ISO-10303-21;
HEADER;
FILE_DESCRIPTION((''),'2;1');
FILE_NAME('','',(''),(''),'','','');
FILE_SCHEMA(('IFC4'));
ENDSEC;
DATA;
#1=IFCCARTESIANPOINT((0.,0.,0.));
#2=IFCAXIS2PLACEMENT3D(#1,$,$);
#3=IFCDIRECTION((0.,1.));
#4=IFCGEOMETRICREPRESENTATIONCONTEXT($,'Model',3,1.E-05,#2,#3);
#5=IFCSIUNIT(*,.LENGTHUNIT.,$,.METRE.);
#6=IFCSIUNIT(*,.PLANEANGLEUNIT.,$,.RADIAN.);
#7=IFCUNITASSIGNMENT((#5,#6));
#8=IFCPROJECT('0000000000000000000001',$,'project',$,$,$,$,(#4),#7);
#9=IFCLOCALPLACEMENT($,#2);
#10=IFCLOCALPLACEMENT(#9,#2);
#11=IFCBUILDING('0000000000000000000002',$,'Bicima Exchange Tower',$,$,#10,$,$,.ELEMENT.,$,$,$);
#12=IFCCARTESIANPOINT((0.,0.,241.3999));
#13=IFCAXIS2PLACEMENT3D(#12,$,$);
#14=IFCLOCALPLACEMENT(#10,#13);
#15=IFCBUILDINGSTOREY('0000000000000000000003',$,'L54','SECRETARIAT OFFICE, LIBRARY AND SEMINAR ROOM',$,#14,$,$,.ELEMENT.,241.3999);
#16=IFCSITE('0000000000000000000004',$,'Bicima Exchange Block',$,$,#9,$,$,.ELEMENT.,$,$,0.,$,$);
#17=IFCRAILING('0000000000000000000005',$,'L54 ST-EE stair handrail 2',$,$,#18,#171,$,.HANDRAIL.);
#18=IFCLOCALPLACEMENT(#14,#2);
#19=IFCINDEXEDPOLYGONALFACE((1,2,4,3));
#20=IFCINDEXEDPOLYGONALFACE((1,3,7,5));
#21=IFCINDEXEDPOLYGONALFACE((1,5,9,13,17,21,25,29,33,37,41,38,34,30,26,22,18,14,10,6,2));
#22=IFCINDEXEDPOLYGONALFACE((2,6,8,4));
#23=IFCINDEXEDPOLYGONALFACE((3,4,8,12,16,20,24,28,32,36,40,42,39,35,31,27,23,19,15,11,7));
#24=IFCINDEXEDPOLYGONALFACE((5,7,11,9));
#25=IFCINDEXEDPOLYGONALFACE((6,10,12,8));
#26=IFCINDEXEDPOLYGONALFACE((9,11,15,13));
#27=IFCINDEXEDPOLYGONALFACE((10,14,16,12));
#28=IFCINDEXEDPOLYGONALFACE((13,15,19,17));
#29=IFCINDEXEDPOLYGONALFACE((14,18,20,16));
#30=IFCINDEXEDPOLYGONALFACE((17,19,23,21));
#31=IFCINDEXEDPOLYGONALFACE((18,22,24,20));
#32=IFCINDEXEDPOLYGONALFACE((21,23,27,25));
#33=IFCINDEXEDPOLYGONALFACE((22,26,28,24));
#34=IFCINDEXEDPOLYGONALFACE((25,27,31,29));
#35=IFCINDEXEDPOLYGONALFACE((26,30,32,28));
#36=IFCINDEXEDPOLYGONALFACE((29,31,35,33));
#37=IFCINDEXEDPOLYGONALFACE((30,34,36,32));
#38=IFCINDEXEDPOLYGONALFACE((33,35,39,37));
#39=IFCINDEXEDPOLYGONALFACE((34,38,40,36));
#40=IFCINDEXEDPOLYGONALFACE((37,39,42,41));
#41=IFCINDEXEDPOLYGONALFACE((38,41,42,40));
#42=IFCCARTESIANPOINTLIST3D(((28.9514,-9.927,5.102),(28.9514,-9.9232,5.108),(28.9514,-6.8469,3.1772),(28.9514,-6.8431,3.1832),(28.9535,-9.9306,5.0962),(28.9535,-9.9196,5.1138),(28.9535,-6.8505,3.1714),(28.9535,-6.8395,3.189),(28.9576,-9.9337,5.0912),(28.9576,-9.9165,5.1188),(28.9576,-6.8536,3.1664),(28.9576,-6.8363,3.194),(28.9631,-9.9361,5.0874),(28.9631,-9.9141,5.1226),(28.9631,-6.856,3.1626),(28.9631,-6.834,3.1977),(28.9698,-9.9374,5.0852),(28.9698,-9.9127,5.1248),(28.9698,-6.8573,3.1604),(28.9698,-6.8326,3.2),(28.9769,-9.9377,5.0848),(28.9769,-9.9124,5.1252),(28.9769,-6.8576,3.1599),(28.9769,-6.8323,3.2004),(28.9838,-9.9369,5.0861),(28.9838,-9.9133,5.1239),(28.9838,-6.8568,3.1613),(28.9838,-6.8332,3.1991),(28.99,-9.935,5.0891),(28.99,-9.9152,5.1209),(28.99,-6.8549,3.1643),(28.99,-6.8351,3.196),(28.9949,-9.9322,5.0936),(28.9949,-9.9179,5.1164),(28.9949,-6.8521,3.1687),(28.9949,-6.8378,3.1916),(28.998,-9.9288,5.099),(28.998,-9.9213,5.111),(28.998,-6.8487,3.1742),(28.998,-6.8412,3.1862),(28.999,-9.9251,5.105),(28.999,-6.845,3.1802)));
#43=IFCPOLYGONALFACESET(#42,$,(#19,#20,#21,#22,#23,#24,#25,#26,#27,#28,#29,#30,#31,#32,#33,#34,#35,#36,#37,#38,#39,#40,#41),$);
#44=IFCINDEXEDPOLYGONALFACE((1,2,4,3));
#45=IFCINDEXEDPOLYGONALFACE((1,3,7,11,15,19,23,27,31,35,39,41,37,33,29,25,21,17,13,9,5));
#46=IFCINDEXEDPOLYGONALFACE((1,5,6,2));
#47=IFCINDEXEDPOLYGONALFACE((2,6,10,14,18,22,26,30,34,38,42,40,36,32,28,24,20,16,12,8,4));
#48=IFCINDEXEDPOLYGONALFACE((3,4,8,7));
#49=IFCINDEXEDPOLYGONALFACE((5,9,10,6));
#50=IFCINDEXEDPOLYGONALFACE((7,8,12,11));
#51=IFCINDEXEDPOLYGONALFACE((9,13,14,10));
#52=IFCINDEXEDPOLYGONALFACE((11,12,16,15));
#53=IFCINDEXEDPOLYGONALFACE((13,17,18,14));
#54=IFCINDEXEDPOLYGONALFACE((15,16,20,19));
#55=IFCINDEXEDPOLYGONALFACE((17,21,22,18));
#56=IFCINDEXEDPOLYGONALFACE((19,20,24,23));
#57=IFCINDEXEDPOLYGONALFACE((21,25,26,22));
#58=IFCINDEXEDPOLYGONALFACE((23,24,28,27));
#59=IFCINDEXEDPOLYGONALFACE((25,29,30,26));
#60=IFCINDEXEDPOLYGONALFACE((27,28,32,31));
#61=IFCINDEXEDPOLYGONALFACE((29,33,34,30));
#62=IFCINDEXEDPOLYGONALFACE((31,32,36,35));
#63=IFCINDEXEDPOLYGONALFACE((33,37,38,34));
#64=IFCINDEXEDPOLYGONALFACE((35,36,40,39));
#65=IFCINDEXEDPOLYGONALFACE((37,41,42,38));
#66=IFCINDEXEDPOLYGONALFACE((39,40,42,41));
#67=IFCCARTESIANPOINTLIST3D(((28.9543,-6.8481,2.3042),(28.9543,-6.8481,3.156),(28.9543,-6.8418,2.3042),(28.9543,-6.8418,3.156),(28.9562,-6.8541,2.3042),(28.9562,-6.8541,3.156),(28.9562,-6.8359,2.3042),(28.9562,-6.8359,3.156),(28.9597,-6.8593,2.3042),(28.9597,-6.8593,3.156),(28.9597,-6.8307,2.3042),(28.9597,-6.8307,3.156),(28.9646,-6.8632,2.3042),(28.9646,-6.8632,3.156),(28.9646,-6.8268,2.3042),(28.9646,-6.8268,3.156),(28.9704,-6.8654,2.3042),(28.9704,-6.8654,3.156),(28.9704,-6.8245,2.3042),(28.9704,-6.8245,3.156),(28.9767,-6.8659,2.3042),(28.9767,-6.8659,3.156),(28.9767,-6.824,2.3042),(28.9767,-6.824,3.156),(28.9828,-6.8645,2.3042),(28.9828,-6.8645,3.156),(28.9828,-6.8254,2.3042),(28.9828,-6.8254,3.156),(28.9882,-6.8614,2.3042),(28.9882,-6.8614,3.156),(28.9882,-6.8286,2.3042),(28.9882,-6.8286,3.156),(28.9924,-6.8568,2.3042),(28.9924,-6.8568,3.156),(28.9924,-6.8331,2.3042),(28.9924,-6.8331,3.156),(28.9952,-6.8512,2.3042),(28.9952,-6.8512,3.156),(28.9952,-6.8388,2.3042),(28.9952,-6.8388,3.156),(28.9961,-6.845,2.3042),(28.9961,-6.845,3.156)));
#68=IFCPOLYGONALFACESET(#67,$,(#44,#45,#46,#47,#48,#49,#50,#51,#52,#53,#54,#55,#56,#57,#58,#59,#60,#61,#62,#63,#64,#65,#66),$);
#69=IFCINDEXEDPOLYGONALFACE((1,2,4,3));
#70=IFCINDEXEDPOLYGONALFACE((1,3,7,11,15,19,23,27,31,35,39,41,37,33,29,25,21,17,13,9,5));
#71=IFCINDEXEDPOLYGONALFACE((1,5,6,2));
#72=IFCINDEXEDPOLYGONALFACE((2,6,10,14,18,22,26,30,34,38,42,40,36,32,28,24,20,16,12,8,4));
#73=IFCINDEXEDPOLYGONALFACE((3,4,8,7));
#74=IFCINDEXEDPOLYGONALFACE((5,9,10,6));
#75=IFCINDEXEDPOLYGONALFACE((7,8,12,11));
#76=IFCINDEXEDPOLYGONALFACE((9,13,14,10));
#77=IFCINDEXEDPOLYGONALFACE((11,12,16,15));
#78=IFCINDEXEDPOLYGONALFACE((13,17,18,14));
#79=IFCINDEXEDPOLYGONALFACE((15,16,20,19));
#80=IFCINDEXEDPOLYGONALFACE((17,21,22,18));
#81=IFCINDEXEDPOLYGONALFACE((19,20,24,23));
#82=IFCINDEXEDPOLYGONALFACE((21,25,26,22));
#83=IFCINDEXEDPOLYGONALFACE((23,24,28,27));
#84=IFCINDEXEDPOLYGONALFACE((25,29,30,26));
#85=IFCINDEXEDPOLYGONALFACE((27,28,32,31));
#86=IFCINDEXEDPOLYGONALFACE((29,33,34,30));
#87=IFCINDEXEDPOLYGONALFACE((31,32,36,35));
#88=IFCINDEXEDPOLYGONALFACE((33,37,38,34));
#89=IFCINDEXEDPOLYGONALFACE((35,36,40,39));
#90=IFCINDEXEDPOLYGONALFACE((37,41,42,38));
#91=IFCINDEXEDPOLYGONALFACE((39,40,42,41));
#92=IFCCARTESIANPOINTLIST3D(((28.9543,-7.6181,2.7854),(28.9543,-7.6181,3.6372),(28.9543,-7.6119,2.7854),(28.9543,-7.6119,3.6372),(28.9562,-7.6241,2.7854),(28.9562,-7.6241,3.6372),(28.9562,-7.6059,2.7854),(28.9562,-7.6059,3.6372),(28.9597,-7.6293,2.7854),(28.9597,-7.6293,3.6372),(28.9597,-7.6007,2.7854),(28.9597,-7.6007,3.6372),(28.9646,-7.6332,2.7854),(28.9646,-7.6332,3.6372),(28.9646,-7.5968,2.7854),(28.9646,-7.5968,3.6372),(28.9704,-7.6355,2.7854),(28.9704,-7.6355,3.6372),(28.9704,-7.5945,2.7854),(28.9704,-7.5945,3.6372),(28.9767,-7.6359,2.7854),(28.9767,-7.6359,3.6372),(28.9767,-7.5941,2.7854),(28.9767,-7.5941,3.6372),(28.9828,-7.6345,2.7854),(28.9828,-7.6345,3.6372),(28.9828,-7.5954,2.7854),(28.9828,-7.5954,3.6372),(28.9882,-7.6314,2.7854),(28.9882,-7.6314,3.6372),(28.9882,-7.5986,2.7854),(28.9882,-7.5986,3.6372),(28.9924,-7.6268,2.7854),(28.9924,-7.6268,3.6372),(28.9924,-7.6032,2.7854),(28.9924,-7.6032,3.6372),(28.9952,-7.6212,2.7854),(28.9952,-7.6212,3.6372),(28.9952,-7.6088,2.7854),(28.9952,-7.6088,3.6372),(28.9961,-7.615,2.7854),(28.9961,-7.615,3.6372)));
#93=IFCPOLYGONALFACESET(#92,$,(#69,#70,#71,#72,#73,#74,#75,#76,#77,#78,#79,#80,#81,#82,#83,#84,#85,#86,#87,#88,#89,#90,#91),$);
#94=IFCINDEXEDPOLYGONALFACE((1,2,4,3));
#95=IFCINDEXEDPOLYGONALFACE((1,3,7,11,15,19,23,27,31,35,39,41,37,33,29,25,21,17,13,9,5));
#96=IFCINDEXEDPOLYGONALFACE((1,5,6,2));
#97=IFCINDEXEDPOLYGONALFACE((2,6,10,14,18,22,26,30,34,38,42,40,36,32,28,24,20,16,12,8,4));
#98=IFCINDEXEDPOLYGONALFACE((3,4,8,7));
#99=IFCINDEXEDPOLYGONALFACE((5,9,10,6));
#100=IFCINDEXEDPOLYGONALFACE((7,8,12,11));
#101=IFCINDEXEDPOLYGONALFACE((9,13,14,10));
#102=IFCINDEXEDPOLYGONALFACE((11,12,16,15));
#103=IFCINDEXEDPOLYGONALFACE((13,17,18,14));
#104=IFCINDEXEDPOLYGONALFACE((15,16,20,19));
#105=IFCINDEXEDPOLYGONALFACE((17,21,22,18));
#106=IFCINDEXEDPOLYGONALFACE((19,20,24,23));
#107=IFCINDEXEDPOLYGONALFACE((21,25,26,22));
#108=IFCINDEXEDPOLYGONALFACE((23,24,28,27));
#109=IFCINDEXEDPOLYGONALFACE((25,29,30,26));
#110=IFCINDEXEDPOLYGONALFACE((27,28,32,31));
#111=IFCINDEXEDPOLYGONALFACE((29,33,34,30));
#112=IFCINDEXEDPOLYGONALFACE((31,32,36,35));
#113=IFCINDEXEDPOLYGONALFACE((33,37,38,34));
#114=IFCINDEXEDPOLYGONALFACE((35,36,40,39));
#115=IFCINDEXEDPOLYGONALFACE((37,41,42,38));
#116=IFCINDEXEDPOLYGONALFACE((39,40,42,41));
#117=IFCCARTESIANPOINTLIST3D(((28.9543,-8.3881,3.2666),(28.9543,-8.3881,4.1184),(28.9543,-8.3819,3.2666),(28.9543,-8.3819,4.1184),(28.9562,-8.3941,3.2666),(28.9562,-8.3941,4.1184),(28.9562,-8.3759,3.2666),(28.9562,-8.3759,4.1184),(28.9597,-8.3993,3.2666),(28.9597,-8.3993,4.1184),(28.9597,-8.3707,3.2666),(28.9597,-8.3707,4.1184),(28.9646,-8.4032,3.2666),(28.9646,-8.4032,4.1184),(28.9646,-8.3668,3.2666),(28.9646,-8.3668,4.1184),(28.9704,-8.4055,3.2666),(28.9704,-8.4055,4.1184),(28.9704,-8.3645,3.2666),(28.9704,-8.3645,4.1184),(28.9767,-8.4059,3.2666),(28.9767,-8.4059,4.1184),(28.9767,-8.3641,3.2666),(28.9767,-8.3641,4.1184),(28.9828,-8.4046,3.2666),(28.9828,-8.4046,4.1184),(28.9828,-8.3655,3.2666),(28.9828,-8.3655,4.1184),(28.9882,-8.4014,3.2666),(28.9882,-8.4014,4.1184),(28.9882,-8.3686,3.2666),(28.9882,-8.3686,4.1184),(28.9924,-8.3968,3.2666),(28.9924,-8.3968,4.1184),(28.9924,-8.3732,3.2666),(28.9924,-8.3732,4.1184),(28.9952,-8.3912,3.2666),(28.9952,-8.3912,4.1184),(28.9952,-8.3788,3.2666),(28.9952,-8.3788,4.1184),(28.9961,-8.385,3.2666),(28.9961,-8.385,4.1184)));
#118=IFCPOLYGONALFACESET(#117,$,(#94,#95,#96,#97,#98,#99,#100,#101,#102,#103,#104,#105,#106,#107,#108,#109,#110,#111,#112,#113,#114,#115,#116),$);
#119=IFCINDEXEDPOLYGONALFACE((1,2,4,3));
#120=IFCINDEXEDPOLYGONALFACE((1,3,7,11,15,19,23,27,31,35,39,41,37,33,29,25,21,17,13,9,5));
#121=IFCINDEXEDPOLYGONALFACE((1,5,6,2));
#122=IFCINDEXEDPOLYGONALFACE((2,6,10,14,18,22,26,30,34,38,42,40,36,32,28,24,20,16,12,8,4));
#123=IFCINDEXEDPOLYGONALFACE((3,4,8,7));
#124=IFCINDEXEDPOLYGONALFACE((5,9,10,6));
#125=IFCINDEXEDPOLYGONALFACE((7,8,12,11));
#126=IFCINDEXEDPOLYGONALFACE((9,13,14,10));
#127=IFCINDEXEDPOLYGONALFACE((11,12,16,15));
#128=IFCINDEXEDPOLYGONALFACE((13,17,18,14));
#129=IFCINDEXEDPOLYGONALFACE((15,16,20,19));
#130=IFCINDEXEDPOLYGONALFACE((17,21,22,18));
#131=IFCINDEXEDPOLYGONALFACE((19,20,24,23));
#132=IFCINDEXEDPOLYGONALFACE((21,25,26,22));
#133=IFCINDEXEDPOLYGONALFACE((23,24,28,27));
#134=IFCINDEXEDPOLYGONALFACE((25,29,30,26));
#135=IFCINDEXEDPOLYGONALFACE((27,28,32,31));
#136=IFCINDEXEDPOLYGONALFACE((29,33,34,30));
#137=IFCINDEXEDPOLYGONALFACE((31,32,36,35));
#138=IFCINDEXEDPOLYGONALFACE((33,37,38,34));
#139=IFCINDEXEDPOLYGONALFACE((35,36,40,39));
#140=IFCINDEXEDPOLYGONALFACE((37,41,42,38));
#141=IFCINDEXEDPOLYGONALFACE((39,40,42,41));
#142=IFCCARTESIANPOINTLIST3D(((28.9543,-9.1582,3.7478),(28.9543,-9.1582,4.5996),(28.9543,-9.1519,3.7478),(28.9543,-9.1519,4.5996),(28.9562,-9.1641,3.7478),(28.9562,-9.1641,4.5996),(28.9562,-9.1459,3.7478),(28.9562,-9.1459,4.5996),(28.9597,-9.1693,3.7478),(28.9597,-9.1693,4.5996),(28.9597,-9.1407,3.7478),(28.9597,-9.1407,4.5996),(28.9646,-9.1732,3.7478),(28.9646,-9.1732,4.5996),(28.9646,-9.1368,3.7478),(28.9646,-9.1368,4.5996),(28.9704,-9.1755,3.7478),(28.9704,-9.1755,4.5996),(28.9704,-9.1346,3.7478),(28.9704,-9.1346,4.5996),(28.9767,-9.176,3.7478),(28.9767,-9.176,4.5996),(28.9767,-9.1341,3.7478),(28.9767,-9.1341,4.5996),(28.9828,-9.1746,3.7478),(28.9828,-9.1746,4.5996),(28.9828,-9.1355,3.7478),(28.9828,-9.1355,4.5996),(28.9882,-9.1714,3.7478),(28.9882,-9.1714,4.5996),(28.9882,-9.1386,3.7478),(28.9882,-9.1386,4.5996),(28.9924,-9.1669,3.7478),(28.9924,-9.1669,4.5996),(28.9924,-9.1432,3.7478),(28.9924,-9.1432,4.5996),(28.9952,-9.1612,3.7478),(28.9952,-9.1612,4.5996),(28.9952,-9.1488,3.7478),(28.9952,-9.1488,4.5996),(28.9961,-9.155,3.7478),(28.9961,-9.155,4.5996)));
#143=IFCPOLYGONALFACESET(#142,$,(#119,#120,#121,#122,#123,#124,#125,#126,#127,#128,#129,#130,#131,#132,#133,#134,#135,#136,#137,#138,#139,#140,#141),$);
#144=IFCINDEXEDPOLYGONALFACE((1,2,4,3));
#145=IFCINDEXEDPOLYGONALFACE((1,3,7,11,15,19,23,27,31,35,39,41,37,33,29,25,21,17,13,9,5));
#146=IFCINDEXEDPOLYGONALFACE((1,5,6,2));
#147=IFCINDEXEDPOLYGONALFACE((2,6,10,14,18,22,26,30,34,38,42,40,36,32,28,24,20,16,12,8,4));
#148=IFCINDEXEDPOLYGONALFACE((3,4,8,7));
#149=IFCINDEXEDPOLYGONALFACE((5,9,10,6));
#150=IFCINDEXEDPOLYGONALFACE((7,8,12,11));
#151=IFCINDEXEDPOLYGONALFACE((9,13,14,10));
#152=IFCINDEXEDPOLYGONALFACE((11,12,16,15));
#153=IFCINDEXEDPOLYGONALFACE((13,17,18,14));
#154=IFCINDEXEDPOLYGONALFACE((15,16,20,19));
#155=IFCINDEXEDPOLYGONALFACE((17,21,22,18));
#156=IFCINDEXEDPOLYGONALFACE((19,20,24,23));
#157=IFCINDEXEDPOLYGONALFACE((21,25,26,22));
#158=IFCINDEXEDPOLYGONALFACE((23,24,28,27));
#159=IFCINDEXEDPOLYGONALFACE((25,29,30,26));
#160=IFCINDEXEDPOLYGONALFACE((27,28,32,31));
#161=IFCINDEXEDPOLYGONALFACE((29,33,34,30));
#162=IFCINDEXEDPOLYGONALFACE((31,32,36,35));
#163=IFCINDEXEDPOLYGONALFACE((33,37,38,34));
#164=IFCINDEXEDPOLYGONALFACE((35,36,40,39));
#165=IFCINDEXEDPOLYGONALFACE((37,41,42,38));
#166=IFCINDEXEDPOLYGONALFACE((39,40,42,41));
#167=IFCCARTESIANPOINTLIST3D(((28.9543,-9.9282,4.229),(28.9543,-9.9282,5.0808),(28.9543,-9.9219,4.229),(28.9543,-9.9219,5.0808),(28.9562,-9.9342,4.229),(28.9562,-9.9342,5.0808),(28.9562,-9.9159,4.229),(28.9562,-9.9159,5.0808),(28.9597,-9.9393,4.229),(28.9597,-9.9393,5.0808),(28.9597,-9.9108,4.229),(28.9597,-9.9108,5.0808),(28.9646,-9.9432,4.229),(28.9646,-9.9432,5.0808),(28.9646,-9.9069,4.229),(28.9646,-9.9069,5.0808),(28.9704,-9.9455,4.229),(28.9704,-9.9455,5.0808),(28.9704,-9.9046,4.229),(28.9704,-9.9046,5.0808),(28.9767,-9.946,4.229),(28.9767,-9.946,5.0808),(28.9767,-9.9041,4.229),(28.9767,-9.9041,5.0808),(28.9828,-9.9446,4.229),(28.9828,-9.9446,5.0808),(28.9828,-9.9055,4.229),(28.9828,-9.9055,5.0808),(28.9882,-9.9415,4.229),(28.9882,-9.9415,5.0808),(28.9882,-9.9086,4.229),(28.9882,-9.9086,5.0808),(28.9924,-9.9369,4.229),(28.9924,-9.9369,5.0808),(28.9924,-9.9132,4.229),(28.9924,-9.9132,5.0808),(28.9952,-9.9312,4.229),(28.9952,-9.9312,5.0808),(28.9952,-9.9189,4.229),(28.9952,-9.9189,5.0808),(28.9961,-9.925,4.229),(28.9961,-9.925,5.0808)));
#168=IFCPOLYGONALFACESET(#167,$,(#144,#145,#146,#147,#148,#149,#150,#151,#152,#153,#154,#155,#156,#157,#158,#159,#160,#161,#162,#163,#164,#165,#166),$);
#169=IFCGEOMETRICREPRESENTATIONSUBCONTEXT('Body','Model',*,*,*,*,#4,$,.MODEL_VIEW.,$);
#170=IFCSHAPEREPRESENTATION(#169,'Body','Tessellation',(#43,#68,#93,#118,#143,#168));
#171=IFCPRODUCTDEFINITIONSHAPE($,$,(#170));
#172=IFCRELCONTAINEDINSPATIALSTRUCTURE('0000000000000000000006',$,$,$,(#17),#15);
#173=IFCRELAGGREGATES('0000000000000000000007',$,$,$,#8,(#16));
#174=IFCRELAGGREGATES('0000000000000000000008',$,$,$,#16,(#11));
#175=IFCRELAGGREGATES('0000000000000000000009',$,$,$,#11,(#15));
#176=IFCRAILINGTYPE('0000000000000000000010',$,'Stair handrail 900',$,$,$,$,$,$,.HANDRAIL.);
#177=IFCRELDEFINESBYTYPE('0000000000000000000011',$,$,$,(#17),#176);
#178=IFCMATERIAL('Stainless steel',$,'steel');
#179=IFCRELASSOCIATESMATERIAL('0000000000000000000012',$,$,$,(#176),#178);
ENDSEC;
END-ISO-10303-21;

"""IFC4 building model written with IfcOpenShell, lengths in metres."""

from ifc_helpers import new_model, si_unit, direction, frame, origin, origin_2d, place, context, subcontext, project, spatial, circle, extrude, material, type_object, element, save


model = new_model("IFC4")

# Units and contexts
model_context = context("Model", 3, precision=1e-05, world=origin(), true_north=direction((0.0, 1.0)))
body_context = subcontext(model_context, "Body", "Model", "MODEL_VIEW")
ifc_project = project(units=[si_unit("LENGTHUNIT", "METRE"), si_unit("PLANEANGLEUNIT", "RADIAN")], contexts=[model_context])

# Site, building, storey
site_placement = place(None, origin())
site = spatial("IfcSite", under=ifc_project, at=site_placement, Name="Bicima Exchange Block", CompositionType="ELEMENT", RefElevation=0.0)
building_placement = place(site_placement, origin())
building = spatial("IfcBuilding", under=site, at=building_placement, Name="Bicima Exchange Tower", CompositionType="ELEMENT")
storey_placement = place(building_placement, frame((0.0, 0.0, 241.3999)))
storey = spatial("IfcBuildingStorey", under=building, at=storey_placement, Name="L54", Description="SECRETARIAT OFFICE, LIBRARY AND SEMINAR ROOM", CompositionType="ELEMENT", Elevation=241.3999)

# Railing
ifc_material_1 = material(Name="Stainless steel", Category="steel")
railing_type = type_object("IfcRailingType", Name="Stair handrail 900", PredefinedType="HANDRAIL", material=ifc_material_1)
railing_1_placement = place(storey_placement, frame((28.9751, -6.845, 2.3042)))
element("IfcRailing", 1, at=railing_1_placement, inside=storey, type_object=railing_type, Name="L54 ST-EE stair handrail 2", PredefinedType="HANDRAIL", context=body_context, shape_type="SweptSolid", body=[
    extrude(circle(Radius=0.0239, at=origin_2d()), frame((0.0, 0.0, 0.876), z_axis=(0.0, -0.848029, 0.529951), x_axis=(1.0, 0.0, 0.0)), (0.0, 0.0, 1.0), 3.6321),
    extrude(circle(Radius=0.021, at=origin_2d()), origin(), (0.0, 0.0, 1.0), 0.8518),
    extrude(circle(Radius=0.021, at=origin_2d()), frame((0.0, -0.77, 0.4812)), (0.0, 0.0, 1.0), 0.8518),
    extrude(circle(Radius=0.021, at=origin_2d()), frame((0.0, -1.54, 0.9624)), (0.0, 0.0, 1.0), 0.8518),
    extrude(circle(Radius=0.021, at=origin_2d()), frame((0.0, -2.3101, 1.4436)), (0.0, 0.0, 1.0), 0.8518),
    extrude(circle(Radius=0.021, at=origin_2d()), frame((0.0, -3.0801, 1.9248)), (0.0, 0.0, 1.0), 0.8518),
])

save(model, "model.ifc")
